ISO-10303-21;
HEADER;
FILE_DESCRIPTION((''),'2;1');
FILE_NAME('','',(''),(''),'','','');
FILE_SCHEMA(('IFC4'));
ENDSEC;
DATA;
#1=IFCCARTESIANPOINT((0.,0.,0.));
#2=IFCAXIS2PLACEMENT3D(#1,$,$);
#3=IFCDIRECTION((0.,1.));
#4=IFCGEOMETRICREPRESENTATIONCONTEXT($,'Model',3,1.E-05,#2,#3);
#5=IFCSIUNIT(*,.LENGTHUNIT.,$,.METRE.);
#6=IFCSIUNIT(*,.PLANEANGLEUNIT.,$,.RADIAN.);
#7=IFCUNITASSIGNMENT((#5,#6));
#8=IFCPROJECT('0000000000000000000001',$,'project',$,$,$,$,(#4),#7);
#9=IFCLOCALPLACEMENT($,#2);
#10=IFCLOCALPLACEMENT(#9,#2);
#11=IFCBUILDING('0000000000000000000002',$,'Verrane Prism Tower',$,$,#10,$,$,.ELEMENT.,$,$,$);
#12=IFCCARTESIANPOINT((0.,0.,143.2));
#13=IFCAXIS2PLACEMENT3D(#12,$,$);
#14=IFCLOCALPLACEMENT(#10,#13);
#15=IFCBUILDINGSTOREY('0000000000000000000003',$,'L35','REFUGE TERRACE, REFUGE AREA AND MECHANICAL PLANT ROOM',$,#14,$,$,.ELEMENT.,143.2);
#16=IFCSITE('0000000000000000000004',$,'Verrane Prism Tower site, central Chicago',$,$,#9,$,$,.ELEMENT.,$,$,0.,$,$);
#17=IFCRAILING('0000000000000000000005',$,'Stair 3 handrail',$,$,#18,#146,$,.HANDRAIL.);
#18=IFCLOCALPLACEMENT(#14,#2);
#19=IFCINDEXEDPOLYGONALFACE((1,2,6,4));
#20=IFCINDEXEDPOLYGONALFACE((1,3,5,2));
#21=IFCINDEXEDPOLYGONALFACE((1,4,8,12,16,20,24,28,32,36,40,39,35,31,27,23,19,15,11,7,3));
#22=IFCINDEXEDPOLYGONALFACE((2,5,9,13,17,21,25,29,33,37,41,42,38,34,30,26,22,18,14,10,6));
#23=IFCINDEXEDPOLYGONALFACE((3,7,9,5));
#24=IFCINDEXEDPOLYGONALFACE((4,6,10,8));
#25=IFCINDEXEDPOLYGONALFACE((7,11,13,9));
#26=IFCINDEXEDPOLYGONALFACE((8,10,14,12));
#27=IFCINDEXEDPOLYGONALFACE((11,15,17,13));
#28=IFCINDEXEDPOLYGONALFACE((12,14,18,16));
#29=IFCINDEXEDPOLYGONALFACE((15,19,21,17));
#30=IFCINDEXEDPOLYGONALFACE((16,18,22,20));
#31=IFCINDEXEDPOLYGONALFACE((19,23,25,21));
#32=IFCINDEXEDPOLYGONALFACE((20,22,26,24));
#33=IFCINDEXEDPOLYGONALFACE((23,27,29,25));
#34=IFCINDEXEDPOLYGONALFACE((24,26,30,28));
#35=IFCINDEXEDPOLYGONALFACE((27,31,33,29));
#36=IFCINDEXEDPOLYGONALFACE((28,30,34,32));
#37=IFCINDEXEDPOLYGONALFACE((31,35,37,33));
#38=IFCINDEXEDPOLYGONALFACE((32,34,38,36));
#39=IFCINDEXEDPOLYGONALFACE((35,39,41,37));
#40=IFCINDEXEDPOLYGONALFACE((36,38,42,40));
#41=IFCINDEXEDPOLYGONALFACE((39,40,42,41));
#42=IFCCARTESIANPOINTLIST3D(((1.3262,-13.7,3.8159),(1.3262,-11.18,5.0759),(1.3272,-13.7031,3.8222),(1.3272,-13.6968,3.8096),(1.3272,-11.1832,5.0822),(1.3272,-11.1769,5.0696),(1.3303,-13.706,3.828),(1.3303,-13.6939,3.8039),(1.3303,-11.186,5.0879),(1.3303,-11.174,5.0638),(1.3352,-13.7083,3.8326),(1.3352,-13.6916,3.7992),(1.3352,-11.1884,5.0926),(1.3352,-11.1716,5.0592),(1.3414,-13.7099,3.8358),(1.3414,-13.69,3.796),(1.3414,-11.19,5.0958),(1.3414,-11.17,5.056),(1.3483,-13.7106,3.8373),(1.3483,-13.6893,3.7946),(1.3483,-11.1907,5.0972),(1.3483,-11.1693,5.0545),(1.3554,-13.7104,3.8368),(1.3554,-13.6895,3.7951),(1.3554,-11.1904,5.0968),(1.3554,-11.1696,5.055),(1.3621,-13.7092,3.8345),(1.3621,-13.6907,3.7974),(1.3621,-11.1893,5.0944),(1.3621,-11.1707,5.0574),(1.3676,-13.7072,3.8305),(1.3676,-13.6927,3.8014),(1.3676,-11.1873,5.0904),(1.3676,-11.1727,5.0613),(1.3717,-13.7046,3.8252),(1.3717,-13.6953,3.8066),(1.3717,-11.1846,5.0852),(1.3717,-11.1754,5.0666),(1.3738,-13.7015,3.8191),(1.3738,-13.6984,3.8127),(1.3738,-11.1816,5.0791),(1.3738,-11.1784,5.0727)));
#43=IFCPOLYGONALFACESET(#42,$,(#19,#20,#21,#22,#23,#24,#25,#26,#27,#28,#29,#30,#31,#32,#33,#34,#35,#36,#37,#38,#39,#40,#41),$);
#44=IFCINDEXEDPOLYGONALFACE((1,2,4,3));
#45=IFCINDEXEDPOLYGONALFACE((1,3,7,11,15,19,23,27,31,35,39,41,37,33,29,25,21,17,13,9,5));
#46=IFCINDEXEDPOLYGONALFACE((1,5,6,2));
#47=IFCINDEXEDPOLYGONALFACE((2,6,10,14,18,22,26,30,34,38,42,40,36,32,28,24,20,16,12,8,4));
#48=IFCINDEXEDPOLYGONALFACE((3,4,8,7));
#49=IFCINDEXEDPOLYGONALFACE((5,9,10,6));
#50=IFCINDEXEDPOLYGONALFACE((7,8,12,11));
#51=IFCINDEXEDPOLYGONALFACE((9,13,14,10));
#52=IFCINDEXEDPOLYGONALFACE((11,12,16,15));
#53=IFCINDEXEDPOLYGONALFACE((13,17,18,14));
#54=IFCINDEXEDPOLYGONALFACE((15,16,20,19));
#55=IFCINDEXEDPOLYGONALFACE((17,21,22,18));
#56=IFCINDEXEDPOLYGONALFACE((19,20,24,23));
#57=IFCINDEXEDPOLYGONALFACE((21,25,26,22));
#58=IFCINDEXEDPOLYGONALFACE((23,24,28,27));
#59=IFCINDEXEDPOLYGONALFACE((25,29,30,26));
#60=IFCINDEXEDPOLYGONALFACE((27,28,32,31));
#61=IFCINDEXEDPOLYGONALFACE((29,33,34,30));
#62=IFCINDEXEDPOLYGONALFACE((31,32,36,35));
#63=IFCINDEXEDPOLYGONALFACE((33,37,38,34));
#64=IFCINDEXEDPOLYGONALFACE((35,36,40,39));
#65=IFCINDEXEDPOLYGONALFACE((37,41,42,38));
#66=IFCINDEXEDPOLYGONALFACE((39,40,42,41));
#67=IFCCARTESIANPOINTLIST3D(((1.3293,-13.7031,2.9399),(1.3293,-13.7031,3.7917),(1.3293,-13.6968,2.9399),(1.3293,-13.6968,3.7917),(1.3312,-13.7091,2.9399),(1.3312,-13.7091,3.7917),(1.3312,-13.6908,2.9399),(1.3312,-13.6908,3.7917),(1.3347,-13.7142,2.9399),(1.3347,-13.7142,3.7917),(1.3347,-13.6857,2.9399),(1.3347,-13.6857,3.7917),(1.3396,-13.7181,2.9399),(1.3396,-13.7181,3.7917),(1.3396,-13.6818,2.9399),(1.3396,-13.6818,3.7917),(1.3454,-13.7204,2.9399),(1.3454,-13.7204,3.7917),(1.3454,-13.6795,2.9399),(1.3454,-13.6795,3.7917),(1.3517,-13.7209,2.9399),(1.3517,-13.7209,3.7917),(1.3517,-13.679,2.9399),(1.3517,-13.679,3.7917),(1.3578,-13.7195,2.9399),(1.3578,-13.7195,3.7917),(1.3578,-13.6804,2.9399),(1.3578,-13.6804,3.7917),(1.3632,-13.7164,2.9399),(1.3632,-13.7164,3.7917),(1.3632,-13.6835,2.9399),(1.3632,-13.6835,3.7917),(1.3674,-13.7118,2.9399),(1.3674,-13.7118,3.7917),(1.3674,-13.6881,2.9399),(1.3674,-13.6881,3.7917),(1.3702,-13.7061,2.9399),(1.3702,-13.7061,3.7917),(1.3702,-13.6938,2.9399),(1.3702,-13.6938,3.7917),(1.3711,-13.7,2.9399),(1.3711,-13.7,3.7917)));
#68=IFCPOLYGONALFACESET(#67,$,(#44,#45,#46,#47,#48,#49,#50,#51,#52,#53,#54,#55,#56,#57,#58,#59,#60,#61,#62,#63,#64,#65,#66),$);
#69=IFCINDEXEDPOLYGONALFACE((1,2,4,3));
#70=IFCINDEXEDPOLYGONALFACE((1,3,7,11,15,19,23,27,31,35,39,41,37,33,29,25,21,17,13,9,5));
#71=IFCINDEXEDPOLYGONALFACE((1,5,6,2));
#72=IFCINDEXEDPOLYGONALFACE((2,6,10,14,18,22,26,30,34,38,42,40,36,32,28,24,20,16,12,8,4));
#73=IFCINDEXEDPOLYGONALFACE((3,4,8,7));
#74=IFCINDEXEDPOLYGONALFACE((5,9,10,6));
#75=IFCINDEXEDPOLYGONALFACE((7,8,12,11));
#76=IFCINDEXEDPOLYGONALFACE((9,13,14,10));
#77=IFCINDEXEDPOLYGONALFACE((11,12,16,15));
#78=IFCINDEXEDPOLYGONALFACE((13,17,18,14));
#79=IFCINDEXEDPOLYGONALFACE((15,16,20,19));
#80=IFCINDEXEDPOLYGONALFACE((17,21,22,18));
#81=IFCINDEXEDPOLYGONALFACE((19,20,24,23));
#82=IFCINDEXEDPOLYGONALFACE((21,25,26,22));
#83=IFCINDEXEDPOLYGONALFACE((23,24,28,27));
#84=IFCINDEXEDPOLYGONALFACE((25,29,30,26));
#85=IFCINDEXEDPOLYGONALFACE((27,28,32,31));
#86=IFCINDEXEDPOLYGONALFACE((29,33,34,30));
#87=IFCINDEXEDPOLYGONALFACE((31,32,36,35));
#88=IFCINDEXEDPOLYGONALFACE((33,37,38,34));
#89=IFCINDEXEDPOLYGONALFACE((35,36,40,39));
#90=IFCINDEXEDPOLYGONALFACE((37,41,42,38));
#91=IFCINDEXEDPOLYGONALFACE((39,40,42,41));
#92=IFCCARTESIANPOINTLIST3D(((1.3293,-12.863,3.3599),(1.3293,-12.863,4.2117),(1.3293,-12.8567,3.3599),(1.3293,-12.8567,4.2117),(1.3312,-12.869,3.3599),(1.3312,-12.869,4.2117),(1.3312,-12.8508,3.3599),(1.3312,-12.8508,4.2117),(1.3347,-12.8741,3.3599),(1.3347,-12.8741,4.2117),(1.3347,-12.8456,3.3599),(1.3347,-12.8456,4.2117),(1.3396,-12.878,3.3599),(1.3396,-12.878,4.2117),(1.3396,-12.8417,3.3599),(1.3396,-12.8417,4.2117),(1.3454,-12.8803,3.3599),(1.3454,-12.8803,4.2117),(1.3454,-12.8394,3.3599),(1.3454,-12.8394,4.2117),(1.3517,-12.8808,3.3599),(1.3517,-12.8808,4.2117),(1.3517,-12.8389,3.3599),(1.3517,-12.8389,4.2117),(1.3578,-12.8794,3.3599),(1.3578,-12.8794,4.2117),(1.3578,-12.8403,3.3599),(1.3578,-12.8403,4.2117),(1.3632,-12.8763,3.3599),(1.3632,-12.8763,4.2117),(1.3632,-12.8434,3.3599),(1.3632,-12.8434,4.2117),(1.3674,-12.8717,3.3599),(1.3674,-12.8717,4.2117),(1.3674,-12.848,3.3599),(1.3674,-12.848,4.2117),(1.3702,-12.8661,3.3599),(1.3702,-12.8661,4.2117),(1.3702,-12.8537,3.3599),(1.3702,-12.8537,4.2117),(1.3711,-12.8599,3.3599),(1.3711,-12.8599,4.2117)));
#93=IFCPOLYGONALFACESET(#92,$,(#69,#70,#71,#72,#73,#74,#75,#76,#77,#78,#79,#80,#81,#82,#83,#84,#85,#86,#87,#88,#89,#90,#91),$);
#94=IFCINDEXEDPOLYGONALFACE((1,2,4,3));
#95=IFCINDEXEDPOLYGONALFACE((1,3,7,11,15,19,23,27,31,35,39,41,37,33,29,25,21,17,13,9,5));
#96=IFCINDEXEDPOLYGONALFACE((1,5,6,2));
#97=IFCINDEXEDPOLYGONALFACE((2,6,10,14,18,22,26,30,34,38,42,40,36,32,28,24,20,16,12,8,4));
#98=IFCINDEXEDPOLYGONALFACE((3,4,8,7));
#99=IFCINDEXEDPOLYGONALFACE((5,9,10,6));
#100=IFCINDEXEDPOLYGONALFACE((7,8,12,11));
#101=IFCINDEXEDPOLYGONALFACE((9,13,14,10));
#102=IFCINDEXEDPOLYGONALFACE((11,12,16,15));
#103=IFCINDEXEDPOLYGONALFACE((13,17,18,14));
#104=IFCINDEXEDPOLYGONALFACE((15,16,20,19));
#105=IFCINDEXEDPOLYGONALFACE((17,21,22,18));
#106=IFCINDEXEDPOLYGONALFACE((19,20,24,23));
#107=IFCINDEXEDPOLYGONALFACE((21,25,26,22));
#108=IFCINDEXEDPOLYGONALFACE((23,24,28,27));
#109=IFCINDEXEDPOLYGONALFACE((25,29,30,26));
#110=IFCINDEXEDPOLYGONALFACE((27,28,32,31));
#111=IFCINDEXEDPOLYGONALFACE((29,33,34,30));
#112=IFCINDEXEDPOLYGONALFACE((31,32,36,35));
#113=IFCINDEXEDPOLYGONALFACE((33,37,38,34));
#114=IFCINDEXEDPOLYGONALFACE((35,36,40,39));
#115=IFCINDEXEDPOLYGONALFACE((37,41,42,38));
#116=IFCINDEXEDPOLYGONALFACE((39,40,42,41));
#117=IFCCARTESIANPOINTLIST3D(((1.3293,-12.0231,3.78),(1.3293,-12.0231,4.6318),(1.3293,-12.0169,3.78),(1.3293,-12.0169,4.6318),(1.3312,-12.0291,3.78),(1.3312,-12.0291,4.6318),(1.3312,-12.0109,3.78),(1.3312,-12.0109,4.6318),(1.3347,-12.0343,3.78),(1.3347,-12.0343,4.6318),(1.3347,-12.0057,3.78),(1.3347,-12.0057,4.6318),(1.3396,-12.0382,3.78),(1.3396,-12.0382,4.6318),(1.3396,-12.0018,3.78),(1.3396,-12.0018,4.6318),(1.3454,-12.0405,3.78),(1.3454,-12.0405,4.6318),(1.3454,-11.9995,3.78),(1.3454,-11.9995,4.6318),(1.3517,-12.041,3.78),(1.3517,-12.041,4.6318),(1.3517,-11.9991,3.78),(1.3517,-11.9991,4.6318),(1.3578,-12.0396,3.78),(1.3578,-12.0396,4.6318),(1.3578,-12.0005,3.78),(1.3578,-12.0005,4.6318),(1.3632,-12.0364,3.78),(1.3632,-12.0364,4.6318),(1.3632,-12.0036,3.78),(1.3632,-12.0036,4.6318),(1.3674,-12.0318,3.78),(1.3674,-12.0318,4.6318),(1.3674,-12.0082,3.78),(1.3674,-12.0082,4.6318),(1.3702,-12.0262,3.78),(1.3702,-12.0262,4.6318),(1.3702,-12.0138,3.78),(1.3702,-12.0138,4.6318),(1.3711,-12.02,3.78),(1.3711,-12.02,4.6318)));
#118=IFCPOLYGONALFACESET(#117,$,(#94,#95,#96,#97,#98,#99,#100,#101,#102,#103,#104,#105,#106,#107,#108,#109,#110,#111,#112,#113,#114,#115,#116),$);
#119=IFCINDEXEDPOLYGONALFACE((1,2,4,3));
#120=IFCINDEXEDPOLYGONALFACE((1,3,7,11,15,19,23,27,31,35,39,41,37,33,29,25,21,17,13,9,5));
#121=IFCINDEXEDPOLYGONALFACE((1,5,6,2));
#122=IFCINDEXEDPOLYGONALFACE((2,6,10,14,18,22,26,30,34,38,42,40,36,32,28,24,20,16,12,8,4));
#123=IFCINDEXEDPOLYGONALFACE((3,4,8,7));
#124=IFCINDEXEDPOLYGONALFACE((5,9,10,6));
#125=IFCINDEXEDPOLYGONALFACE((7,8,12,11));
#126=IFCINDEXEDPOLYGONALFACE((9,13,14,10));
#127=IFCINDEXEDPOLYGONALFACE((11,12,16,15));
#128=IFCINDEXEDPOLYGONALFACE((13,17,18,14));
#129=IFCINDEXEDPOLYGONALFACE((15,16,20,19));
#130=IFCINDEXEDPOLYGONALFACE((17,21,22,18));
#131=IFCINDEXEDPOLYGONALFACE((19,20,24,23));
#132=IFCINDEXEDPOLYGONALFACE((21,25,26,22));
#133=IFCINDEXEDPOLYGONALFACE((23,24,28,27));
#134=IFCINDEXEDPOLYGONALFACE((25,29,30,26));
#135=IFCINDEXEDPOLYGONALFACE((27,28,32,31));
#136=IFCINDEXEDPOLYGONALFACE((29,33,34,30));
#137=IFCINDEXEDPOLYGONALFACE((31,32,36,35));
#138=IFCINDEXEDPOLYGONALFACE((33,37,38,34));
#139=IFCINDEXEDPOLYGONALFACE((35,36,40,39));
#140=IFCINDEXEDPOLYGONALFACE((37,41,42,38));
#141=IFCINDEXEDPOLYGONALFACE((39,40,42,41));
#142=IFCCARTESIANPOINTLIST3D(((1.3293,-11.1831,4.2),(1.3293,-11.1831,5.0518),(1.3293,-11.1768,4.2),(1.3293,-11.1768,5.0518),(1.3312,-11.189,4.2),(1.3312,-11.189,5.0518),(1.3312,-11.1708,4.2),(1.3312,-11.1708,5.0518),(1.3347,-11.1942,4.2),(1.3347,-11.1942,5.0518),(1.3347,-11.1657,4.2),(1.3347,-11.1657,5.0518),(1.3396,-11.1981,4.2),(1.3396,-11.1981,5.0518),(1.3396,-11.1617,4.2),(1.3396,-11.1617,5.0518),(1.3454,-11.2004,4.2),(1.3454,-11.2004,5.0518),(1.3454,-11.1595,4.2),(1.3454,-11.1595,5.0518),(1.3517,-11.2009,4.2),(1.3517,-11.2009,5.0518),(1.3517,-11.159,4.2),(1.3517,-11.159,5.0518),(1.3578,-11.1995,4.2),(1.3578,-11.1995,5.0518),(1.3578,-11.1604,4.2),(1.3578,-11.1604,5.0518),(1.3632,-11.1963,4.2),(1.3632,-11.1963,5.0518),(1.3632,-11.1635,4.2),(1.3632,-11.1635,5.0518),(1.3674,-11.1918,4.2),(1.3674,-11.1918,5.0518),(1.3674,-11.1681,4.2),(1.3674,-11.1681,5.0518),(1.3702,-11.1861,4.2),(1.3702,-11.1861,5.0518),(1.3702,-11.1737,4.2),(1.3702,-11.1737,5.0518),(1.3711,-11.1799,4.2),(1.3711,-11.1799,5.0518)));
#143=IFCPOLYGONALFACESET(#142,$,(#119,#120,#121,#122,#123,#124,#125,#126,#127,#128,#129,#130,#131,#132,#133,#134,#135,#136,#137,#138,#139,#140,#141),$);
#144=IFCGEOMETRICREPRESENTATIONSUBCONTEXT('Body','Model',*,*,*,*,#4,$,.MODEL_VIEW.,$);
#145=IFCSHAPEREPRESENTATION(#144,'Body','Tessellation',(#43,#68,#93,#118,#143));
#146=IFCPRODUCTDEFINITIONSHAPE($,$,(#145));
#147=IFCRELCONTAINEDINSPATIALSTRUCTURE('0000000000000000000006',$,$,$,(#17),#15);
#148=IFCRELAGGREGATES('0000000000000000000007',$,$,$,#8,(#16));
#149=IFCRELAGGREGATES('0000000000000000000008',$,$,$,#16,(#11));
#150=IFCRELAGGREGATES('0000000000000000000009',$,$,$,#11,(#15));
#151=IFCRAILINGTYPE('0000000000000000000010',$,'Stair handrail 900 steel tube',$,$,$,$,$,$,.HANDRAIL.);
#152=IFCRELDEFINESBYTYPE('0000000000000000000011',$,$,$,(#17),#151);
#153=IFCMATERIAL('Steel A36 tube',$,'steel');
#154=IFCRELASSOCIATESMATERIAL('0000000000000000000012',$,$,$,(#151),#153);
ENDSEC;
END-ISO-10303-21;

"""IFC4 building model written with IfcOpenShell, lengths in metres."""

from ifc_helpers import new_model, si_unit, direction, frame, origin, origin_2d, place, context, subcontext, project, spatial, circle, extrude, material, type_object, element, save


model = new_model("IFC4")

# Units and contexts
model_context = context("Model", 3, precision=1e-05, world=origin(), true_north=direction((0.0, 1.0)))
body_context = subcontext(model_context, "Body", "Model", "MODEL_VIEW")
ifc_project = project(units=[si_unit("LENGTHUNIT", "METRE"), si_unit("PLANEANGLEUNIT", "RADIAN")], contexts=[model_context])

# Site, building, storey
site_placement = place(None, origin())
site = spatial("IfcSite", under=ifc_project, at=site_placement, Name="Verrane Prism Tower site, central Chicago", CompositionType="ELEMENT", RefElevation=0.0)
building_placement = place(site_placement, origin())
building = spatial("IfcBuilding", under=site, at=building_placement, Name="Verrane Prism Tower", CompositionType="ELEMENT")
storey_placement = place(building_placement, frame((0.0, 0.0, 143.2)))
storey = spatial("IfcBuildingStorey", under=building, at=storey_placement, Name="L35", Description="REFUGE TERRACE, REFUGE AREA AND MECHANICAL PLANT ROOM", CompositionType="ELEMENT", Elevation=143.2)

# Railing
ifc_material_1 = material(Name="Steel A36 tube", Category="steel")
railing_type_1 = type_object("IfcRailingType", Name="Stair handrail 900 steel tube", PredefinedType="HANDRAIL", material=ifc_material_1)
for number, where, name in (
    (1, (1.3501, -13.7, 2.9399), "Stair 3 handrail"),
):
    element("IfcRailing", number, at=place(storey_placement, frame(where)), inside=storey, type_object=railing_type_1, Name=name, PredefinedType="HANDRAIL", context=body_context, shape_type="SweptSolid", body=[
        extrude(circle(Radius=0.0239, at=origin_2d()), frame((0.0, 0.0, 0.876), z_axis=(0.0, 0.894427, 0.447214), x_axis=(-1.0, 0.0, 0.0)), (0.0, 0.0, 1.0), 2.8174),
        extrude(circle(Radius=0.021, at=origin_2d()), origin(), (0.0, 0.0, 1.0), 0.8518),
        extrude(circle(Radius=0.021, at=origin_2d()), frame((0.0, 0.8401, 0.4199)), (0.0, 0.0, 1.0), 0.8518),
        extrude(circle(Radius=0.021, at=origin_2d()), frame((0.0, 1.6799, 0.8401)), (0.0, 0.0, 1.0), 0.8518),
        extrude(circle(Radius=0.021, at=origin_2d()), frame((0.0, 2.52, 1.26)), (0.0, 0.0, 1.0), 0.8518),
    ])

save(model, "model.ifc")
